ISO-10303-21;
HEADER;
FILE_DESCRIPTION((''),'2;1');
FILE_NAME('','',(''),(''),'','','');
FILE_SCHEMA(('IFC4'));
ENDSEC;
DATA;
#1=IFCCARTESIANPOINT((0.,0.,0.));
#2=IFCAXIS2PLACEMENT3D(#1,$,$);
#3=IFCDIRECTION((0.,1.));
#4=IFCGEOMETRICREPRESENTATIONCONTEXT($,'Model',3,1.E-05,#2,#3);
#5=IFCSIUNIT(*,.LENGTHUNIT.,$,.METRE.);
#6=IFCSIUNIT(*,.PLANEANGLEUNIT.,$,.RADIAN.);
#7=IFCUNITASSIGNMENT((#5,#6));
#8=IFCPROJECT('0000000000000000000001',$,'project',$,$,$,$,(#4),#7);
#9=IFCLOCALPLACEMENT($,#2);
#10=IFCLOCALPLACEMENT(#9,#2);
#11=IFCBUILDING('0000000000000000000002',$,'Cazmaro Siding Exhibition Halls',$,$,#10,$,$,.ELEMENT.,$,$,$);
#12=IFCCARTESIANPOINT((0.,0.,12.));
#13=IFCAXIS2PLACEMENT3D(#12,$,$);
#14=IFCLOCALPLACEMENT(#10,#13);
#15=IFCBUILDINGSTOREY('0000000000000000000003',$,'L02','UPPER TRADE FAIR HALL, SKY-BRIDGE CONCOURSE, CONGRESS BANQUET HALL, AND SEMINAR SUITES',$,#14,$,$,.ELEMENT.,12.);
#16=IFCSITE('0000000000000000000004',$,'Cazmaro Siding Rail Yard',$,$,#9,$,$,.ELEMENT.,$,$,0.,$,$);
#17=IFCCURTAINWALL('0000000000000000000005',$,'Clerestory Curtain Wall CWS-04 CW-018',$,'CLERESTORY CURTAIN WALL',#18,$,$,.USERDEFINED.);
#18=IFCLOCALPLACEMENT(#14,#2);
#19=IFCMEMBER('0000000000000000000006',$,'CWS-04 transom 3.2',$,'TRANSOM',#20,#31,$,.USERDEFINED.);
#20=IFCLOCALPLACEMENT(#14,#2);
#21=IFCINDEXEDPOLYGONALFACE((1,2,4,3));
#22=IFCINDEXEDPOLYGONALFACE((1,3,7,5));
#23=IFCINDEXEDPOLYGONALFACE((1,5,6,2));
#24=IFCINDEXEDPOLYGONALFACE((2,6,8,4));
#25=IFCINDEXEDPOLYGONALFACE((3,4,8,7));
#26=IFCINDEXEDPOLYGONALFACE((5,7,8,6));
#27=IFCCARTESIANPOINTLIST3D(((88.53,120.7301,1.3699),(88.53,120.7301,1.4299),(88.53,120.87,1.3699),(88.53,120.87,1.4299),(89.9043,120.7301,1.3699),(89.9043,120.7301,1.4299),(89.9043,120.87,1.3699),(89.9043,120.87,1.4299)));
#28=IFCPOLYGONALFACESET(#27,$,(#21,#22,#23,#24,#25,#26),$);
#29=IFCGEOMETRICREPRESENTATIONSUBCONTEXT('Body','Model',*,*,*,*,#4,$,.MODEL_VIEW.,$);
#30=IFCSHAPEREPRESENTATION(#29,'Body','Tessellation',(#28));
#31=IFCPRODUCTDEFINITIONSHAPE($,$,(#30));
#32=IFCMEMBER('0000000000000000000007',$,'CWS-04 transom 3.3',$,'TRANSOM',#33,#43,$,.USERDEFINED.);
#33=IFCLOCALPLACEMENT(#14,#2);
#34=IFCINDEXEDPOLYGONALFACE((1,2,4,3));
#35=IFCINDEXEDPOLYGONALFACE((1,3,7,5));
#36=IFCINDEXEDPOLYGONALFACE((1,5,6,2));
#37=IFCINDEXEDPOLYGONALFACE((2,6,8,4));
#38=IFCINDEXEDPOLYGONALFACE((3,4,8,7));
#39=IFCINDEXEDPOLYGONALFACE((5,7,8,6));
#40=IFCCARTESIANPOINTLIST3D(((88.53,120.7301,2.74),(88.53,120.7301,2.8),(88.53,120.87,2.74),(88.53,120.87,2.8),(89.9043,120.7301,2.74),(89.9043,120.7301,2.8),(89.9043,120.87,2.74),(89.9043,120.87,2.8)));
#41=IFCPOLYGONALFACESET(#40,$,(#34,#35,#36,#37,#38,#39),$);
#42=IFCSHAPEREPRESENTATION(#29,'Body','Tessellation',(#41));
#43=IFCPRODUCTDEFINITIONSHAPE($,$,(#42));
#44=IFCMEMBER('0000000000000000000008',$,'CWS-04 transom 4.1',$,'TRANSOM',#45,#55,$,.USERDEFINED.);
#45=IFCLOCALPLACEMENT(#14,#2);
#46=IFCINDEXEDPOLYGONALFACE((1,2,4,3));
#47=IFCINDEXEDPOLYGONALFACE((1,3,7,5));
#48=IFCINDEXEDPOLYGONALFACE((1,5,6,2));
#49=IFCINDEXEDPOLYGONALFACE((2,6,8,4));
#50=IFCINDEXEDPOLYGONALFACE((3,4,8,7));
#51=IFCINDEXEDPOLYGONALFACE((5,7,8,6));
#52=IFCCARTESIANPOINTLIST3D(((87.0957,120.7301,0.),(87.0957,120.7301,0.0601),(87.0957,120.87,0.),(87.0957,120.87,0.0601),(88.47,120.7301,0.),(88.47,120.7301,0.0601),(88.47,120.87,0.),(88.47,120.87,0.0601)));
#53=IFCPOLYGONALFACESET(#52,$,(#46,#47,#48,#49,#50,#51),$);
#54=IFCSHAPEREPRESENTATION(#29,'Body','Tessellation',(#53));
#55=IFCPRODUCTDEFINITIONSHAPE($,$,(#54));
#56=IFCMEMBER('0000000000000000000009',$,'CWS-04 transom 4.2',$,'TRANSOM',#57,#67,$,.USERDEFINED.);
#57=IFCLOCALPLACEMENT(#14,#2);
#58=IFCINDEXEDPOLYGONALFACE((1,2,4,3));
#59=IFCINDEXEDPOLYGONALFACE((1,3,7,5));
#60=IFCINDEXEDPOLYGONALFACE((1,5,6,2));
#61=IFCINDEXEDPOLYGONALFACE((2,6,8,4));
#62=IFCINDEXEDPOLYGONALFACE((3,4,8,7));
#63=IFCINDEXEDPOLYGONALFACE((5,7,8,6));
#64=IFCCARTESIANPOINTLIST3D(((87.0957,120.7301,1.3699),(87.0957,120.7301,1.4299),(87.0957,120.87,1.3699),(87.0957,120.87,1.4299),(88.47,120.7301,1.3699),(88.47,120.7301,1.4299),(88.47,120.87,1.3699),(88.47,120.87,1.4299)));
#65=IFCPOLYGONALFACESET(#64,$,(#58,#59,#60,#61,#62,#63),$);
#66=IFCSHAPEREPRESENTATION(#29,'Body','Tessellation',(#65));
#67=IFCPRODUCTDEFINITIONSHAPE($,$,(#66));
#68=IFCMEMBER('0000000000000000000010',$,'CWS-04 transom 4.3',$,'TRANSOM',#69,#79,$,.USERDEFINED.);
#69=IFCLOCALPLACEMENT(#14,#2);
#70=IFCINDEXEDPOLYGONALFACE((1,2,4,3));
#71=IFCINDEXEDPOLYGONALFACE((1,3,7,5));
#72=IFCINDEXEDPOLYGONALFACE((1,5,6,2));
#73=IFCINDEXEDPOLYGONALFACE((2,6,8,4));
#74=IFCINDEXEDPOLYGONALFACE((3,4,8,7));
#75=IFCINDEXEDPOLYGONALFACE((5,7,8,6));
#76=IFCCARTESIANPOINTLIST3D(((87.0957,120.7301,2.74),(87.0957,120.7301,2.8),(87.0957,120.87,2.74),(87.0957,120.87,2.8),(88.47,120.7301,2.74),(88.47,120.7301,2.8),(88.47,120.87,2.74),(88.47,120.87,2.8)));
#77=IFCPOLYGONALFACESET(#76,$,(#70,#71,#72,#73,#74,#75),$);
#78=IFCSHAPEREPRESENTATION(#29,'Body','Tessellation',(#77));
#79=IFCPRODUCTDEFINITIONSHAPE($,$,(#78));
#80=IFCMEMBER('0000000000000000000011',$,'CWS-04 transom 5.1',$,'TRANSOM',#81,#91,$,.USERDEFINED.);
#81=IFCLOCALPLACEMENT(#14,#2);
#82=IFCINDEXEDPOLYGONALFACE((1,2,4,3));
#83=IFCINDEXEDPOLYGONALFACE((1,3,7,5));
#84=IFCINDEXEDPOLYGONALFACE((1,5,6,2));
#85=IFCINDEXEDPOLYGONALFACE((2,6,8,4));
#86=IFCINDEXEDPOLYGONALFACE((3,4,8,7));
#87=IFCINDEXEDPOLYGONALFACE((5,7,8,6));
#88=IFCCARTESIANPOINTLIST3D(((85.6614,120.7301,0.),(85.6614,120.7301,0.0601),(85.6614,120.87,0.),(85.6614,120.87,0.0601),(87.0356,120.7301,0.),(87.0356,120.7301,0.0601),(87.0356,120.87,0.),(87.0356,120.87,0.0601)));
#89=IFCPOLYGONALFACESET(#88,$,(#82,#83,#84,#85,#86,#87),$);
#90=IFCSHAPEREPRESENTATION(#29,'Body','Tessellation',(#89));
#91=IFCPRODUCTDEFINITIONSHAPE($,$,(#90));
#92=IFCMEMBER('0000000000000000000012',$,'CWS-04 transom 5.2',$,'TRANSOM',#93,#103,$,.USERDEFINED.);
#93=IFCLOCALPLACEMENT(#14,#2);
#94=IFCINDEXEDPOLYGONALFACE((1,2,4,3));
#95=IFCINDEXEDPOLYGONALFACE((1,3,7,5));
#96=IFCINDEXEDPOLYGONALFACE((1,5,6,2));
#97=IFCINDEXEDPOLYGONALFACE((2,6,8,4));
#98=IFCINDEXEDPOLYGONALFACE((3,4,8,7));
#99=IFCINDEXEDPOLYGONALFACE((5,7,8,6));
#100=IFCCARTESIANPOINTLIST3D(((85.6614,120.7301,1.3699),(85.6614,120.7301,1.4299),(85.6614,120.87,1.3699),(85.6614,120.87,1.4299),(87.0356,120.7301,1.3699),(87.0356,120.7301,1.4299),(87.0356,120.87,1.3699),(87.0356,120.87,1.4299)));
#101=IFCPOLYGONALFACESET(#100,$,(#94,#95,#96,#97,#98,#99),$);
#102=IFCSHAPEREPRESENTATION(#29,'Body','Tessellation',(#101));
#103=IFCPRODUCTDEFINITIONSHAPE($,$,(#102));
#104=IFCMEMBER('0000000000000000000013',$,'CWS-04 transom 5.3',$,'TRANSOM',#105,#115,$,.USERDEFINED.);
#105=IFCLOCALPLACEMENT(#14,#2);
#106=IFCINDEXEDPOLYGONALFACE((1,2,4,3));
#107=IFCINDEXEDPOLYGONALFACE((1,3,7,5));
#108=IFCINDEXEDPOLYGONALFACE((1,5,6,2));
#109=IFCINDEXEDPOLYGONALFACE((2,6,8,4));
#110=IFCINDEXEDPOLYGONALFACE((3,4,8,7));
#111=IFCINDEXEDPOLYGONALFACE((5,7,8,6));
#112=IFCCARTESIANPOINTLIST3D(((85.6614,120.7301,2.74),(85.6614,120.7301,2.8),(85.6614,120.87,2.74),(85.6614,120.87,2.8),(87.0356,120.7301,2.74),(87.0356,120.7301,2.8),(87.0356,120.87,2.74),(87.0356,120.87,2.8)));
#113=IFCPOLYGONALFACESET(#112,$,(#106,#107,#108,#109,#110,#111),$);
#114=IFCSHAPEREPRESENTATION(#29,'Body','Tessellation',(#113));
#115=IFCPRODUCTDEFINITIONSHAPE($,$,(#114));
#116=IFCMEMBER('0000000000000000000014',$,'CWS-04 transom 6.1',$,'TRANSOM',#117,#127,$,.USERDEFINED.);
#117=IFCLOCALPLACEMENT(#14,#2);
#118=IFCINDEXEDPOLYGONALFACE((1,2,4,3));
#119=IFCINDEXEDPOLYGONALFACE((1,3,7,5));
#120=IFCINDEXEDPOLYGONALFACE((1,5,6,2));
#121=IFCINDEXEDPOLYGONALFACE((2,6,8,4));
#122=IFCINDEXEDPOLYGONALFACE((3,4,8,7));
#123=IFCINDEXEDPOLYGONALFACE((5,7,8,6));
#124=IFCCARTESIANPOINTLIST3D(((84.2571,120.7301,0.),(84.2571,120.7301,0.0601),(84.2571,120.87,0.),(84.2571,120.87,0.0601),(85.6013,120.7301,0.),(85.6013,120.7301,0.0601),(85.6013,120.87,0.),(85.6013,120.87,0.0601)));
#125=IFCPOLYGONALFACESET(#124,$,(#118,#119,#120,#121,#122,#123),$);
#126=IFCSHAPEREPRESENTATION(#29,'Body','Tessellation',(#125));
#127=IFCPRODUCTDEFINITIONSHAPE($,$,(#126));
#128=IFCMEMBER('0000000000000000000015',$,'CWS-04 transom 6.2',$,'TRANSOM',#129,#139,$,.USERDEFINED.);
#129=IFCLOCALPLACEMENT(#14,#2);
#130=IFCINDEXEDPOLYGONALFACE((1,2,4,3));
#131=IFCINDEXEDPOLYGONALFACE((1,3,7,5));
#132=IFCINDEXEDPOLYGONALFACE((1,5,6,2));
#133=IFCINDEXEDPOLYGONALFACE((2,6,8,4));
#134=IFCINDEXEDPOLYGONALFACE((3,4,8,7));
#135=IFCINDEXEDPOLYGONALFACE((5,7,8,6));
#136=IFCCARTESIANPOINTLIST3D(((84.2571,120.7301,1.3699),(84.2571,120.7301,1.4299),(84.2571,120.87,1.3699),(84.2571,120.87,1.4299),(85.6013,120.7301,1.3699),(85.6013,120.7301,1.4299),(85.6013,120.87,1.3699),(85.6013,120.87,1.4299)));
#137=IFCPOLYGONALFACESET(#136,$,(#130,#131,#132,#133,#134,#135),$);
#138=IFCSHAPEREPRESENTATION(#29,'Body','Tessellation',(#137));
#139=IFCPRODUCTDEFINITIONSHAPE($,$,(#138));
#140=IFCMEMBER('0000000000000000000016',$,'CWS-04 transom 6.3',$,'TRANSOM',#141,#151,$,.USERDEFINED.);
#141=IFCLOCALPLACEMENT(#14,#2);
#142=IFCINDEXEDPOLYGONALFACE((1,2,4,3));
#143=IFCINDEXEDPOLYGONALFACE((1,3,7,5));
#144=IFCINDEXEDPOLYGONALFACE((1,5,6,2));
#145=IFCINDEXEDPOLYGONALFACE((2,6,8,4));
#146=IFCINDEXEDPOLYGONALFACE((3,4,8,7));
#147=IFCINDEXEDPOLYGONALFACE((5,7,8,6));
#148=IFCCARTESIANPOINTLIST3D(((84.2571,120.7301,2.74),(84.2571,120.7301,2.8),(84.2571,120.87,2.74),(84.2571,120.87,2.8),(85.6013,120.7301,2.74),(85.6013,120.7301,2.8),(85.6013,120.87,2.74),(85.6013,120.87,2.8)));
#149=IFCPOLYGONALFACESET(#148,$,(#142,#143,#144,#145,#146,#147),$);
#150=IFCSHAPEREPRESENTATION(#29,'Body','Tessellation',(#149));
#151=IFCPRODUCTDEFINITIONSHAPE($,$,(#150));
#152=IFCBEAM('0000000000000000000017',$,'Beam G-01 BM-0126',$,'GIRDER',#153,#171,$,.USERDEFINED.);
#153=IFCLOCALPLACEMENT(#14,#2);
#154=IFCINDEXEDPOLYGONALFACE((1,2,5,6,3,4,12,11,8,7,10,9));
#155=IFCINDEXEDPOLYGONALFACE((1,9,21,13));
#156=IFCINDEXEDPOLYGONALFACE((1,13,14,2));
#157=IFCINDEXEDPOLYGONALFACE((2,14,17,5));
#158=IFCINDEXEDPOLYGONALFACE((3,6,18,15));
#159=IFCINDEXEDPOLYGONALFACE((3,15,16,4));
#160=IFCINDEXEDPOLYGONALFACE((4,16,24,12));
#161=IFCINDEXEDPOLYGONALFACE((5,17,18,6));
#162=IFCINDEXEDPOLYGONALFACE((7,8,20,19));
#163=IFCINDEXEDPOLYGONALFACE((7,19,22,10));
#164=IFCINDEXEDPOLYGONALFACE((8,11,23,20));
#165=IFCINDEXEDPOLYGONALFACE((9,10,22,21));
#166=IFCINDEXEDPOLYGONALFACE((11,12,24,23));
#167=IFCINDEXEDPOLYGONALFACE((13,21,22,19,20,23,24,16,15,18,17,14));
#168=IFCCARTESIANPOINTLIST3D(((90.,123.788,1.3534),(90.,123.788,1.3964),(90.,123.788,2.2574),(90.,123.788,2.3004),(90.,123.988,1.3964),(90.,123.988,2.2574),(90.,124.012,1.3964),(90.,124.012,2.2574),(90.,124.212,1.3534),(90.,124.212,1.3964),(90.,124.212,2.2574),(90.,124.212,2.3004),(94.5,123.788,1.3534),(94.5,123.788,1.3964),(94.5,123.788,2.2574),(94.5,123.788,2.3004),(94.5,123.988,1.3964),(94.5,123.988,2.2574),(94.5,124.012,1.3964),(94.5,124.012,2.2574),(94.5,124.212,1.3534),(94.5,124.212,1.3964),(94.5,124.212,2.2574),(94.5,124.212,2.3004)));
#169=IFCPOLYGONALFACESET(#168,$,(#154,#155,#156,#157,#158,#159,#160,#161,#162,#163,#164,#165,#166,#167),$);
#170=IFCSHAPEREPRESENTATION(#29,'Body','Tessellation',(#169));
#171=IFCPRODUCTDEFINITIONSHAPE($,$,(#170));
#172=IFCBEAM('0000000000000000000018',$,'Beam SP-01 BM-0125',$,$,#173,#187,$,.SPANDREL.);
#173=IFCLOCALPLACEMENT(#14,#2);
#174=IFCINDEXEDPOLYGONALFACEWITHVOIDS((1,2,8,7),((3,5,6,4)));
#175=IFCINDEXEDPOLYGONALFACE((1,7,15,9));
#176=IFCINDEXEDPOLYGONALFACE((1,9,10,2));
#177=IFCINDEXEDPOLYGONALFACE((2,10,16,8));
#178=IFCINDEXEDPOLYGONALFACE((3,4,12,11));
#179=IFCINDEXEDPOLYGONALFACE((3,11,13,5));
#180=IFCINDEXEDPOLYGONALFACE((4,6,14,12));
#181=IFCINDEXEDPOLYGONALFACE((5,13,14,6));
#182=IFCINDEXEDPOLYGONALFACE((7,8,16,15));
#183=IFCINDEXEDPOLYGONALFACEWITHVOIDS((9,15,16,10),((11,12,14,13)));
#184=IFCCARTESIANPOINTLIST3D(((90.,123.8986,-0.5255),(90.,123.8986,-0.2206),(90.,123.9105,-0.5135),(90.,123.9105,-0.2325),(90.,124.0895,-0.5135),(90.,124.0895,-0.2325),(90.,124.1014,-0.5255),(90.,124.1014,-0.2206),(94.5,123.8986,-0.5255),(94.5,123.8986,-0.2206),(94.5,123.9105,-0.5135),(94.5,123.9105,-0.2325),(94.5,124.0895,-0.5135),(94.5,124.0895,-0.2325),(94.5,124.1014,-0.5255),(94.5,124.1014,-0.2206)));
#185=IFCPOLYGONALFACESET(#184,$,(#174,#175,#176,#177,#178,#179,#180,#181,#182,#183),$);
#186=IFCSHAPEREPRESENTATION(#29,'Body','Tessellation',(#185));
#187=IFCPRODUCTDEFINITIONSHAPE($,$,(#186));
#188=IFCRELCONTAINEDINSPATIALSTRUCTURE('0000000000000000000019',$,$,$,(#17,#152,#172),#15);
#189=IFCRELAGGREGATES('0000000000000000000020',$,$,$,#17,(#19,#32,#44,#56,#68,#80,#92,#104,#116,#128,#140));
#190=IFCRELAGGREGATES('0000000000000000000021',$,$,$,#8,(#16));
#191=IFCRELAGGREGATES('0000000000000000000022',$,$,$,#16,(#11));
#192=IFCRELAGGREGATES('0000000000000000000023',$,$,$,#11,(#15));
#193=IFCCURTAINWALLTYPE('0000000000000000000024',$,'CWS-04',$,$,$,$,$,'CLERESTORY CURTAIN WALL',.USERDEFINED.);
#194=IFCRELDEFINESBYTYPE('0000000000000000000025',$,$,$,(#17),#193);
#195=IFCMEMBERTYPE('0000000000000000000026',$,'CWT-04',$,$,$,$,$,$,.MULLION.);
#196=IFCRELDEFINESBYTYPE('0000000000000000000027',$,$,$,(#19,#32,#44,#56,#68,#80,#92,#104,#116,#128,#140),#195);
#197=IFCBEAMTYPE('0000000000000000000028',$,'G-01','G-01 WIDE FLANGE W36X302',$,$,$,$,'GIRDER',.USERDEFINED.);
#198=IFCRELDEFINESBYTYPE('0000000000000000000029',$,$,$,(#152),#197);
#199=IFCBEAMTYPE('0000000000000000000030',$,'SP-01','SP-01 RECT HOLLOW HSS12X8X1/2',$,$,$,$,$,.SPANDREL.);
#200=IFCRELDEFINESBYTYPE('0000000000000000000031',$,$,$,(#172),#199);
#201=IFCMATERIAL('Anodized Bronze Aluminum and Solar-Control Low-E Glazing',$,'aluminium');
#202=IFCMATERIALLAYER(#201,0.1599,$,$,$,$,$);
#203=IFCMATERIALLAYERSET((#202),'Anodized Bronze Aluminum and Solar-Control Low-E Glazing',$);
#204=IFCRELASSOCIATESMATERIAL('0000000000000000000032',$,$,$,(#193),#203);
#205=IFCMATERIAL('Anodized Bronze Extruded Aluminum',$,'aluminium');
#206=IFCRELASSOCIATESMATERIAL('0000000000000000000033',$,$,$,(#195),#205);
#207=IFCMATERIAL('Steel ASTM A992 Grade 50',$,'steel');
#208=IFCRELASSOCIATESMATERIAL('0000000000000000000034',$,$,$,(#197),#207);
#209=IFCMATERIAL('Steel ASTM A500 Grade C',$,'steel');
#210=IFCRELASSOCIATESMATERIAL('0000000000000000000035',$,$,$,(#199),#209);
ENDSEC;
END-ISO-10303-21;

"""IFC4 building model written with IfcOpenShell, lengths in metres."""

from ifc_helpers import new_model, si_unit, direction, frame, origin, origin_2d, place, context, subcontext, project, spatial, rectangle, hollow_rectangle, i_section, extrude, material, layer, layer_set, material_profile, profile_set, type_object, element, aggregate, save


model = new_model("IFC4")

# Units and contexts
model_context = context("Model", 3, precision=1e-05, world=origin(), true_north=direction((0.0, 1.0)))
body_context = subcontext(model_context, "Body", "Model", "MODEL_VIEW")
ifc_project = project(units=[si_unit("LENGTHUNIT", "METRE"), si_unit("PLANEANGLEUNIT", "RADIAN")], contexts=[model_context])

# Site, building, storey
site_placement = place(None, origin())
site = spatial("IfcSite", under=ifc_project, at=site_placement, Name="Cazmaro Siding Rail Yard", CompositionType="ELEMENT", RefElevation=0.0)
building_placement = place(site_placement, origin())
building = spatial("IfcBuilding", under=site, at=building_placement, Name="Cazmaro Siding Exhibition Halls", CompositionType="ELEMENT")
storey_placement = place(building_placement, frame((0.0, 0.0, 12.0)))
storey = spatial("IfcBuildingStorey", under=building, at=storey_placement, Name="L02", Description="UPPER TRADE FAIR HALL, SKY-BRIDGE CONCOURSE, CONGRESS BANQUET HALL, AND SEMINAR SUITES", CompositionType="ELEMENT", Elevation=12.0)

# Curtain wall, members
ifc_material_1 = material(Name="Anodized Bronze Aluminum and Solar-Control Low-E Glazing", Category="aluminium")
ifc_layer_1 = layer(ifc_material_1, 0.1599)
ifc_layer_set_1 = layer_set([ifc_layer_1], Name="Anodized Bronze Aluminum and Solar-Control Low-E Glazing")
curtain_wall_type = type_object("IfcCurtainWallType", Name="CWS-04", ElementType="CLERESTORY CURTAIN WALL", PredefinedType="USERDEFINED", material=ifc_layer_set_1)
curtain_wall_placement = place(storey_placement, origin())
curtain_wall = element("IfcCurtainWall", 1, at=curtain_wall_placement, inside=storey, type_object=curtain_wall_type, Name="Clerestory Curtain Wall CWS-04 CW-018", ObjectType="CLERESTORY CURTAIN WALL", PredefinedType="USERDEFINED")
ifc_material_2 = material(Name="Anodized Bronze Extruded Aluminum", Category="aluminium")
ifc_material_profile_1 = material_profile(ifc_material_2, rectangle(XDim=0.1399, YDim=0.0601, at=origin_2d()), Name="CWT-04")
ifc_profile_set_1 = profile_set([ifc_material_profile_1], Name="Anodized Bronze Extruded Aluminum")
member_type_1 = type_object("IfcMemberType", Name="CWT-04", PredefinedType="MULLION", material=ifc_profile_set_1)
member_1_placement = place(storey_placement, frame((89.9043, 120.8, 1.3999), z_axis=(-1.0, 0.0, 0.0), x_axis=(0.0, -1.0, 0.0)))
member_1 = element("IfcMember", 2, at=member_1_placement, type_object=member_type_1, Name="CWS-04 transom 3.2", ObjectType="TRANSOM", PredefinedType="USERDEFINED", context=body_context, shape_type="SweptSolid", body=[
    extrude(rectangle(XDim=0.1399, YDim=0.0601, at=origin_2d()), origin(), (0.0, 0.0, 1.0), 1.3743),
])
member_2_placement = place(storey_placement, frame((89.9043, 120.8, 2.77), z_axis=(-1.0, 0.0, 0.0), x_axis=(0.0, -1.0, 0.0)))
member_2 = element("IfcMember", 3, at=member_2_placement, type_object=member_type_1, Name="CWS-04 transom 3.3", ObjectType="TRANSOM", PredefinedType="USERDEFINED", context=body_context, shape_type="SweptSolid", body=[
    extrude(rectangle(XDim=0.1399, YDim=0.0601, at=origin_2d()), origin(), (0.0, 0.0, 1.0), 1.3743),
])
member_3_placement = place(storey_placement, frame((88.47, 120.8, 0.03), z_axis=(-1.0, 0.0, 0.0), x_axis=(0.0, -1.0, 0.0)))
member_3 = element("IfcMember", 4, at=member_3_placement, type_object=member_type_1, Name="CWS-04 transom 4.1", ObjectType="TRANSOM", PredefinedType="USERDEFINED", context=body_context, shape_type="SweptSolid", body=[
    extrude(rectangle(XDim=0.1399, YDim=0.0601, at=origin_2d()), origin(), (0.0, 0.0, 1.0), 1.3743),
])
member_4_placement = place(storey_placement, frame((88.47, 120.8, 1.3999), z_axis=(-1.0, 0.0, 0.0), x_axis=(0.0, -1.0, 0.0)))
member_4 = element("IfcMember", 5, at=member_4_placement, type_object=member_type_1, Name="CWS-04 transom 4.2", ObjectType="TRANSOM", PredefinedType="USERDEFINED", context=body_context, shape_type="SweptSolid", body=[
    extrude(rectangle(XDim=0.1399, YDim=0.0601, at=origin_2d()), origin(), (0.0, 0.0, 1.0), 1.3743),
])
member_5_placement = place(storey_placement, frame((88.47, 120.8, 2.77), z_axis=(-1.0, 0.0, 0.0), x_axis=(0.0, -1.0, 0.0)))
member_5 = element("IfcMember", 6, at=member_5_placement, type_object=member_type_1, Name="CWS-04 transom 4.3", ObjectType="TRANSOM", PredefinedType="USERDEFINED", context=body_context, shape_type="SweptSolid", body=[
    extrude(rectangle(XDim=0.1399, YDim=0.0601, at=origin_2d()), origin(), (0.0, 0.0, 1.0), 1.3743),
])
member_6_placement = place(storey_placement, frame((87.0356, 120.8, 0.03), z_axis=(-1.0, 0.0, 0.0), x_axis=(0.0, -1.0, 0.0)))
member_6 = element("IfcMember", 7, at=member_6_placement, type_object=member_type_1, Name="CWS-04 transom 5.1", ObjectType="TRANSOM", PredefinedType="USERDEFINED", context=body_context, shape_type="SweptSolid", body=[
    extrude(rectangle(XDim=0.1399, YDim=0.0601, at=origin_2d()), origin(), (0.0, 0.0, 1.0), 1.3743),
])
member_7_placement = place(storey_placement, frame((87.0356, 120.8, 1.3999), z_axis=(-1.0, 0.0, 0.0), x_axis=(0.0, -1.0, 0.0)))
member_7 = element("IfcMember", 8, at=member_7_placement, type_object=member_type_1, Name="CWS-04 transom 5.2", ObjectType="TRANSOM", PredefinedType="USERDEFINED", context=body_context, shape_type="SweptSolid", body=[
    extrude(rectangle(XDim=0.1399, YDim=0.0601, at=origin_2d()), origin(), (0.0, 0.0, 1.0), 1.3743),
])
member_8_placement = place(storey_placement, frame((87.0356, 120.8, 2.77), z_axis=(-1.0, 0.0, 0.0), x_axis=(0.0, -1.0, 0.0)))
member_8 = element("IfcMember", 9, at=member_8_placement, type_object=member_type_1, Name="CWS-04 transom 5.3", ObjectType="TRANSOM", PredefinedType="USERDEFINED", context=body_context, shape_type="SweptSolid", body=[
    extrude(rectangle(XDim=0.1399, YDim=0.0601, at=origin_2d()), origin(), (0.0, 0.0, 1.0), 1.3743),
])
member_9_placement = place(storey_placement, frame((85.6013, 120.8, 0.03), z_axis=(-1.0, 0.0, 0.0), x_axis=(0.0, -1.0, 0.0)))
member_9 = element("IfcMember", 10, at=member_9_placement, type_object=member_type_1, Name="CWS-04 transom 6.1", ObjectType="TRANSOM", PredefinedType="USERDEFINED", context=body_context, shape_type="SweptSolid", body=[
    extrude(rectangle(XDim=0.1399, YDim=0.0601, at=origin_2d()), origin(), (0.0, 0.0, 1.0), 1.3442),
])
member_10_placement = place(storey_placement, frame((85.6013, 120.8, 1.3999), z_axis=(-1.0, 0.0, 0.0), x_axis=(0.0, -1.0, 0.0)))
member_10 = element("IfcMember", 11, at=member_10_placement, type_object=member_type_1, Name="CWS-04 transom 6.2", ObjectType="TRANSOM", PredefinedType="USERDEFINED", context=body_context, shape_type="SweptSolid", body=[
    extrude(rectangle(XDim=0.1399, YDim=0.0601, at=origin_2d()), origin(), (0.0, 0.0, 1.0), 1.3442),
])
member_11_placement = place(storey_placement, frame((85.6013, 120.8, 2.77), z_axis=(-1.0, 0.0, 0.0), x_axis=(0.0, -1.0, 0.0)))
member_11 = element("IfcMember", 12, at=member_11_placement, type_object=member_type_1, Name="CWS-04 transom 6.3", ObjectType="TRANSOM", PredefinedType="USERDEFINED", context=body_context, shape_type="SweptSolid", body=[
    extrude(rectangle(XDim=0.1399, YDim=0.0601, at=origin_2d()), origin(), (0.0, 0.0, 1.0), 1.3442),
])

# Beams
ifc_material_3 = material(Name="Steel ASTM A992 Grade 50", Category="steel")
ifc_material_profile_2 = material_profile(ifc_material_3, i_section(OverallWidth=0.4241, OverallDepth=0.947, WebThickness=0.0239, FlangeThickness=0.043, at=origin_2d()), Name="W36X302")
ifc_profile_set_2 = profile_set([ifc_material_profile_2], Name="Steel ASTM A992 Grade 50")
beam_type_1 = type_object("IfcBeamType", Name="G-01", Description="G-01 WIDE FLANGE W36X302", ElementType="GIRDER", PredefinedType="USERDEFINED", material=ifc_profile_set_2)
beam_1_placement = place(storey_placement, frame((90.0, 124.0, 1.8269), z_axis=(1.0, 0.0, 0.0), x_axis=(0.0, 1.0, 0.0)))
element("IfcBeam", 13, at=beam_1_placement, inside=storey, type_object=beam_type_1, Name="Beam G-01 BM-0126", ObjectType="GIRDER", PredefinedType="USERDEFINED", context=body_context, shape_type="SweptSolid", body=[
    extrude(i_section(OverallWidth=0.4241, OverallDepth=0.947, WebThickness=0.0239, FlangeThickness=0.043, at=origin_2d()), origin(), (0.0, 0.0, 1.0), 4.5),
])
ifc_material_4 = material(Name="Steel ASTM A500 Grade C", Category="steel")
ifc_material_profile_3 = material_profile(ifc_material_4, hollow_rectangle(XDim=0.2029, YDim=0.3049, WallThickness=0.012, at=origin_2d()), Name="HSS12X8X1/2")
ifc_profile_set_3 = profile_set([ifc_material_profile_3], Name="Steel ASTM A500 Grade C")
beam_type_2 = type_object("IfcBeamType", Name="SP-01", Description="SP-01 RECT HOLLOW HSS12X8X1/2", PredefinedType="SPANDREL", material=ifc_profile_set_3)
beam_2_placement = place(storey_placement, frame((90.0, 124.0, -0.373), z_axis=(1.0, 0.0, 0.0), x_axis=(0.0, 1.0, 0.0)))
element("IfcBeam", 14, at=beam_2_placement, inside=storey, type_object=beam_type_2, Name="Beam SP-01 BM-0125", PredefinedType="SPANDREL", context=body_context, shape_type="SweptSolid", body=[
    extrude(hollow_rectangle(XDim=0.2029, YDim=0.3049, WallThickness=0.012, at=origin_2d()), origin(), (0.0, 0.0, 1.0), 4.5),
])

aggregate(curtain_wall, [member_1, member_2, member_3, member_4, member_5, member_6, member_7, member_8, member_9, member_10, member_11])

save(model, "model.ifc")
